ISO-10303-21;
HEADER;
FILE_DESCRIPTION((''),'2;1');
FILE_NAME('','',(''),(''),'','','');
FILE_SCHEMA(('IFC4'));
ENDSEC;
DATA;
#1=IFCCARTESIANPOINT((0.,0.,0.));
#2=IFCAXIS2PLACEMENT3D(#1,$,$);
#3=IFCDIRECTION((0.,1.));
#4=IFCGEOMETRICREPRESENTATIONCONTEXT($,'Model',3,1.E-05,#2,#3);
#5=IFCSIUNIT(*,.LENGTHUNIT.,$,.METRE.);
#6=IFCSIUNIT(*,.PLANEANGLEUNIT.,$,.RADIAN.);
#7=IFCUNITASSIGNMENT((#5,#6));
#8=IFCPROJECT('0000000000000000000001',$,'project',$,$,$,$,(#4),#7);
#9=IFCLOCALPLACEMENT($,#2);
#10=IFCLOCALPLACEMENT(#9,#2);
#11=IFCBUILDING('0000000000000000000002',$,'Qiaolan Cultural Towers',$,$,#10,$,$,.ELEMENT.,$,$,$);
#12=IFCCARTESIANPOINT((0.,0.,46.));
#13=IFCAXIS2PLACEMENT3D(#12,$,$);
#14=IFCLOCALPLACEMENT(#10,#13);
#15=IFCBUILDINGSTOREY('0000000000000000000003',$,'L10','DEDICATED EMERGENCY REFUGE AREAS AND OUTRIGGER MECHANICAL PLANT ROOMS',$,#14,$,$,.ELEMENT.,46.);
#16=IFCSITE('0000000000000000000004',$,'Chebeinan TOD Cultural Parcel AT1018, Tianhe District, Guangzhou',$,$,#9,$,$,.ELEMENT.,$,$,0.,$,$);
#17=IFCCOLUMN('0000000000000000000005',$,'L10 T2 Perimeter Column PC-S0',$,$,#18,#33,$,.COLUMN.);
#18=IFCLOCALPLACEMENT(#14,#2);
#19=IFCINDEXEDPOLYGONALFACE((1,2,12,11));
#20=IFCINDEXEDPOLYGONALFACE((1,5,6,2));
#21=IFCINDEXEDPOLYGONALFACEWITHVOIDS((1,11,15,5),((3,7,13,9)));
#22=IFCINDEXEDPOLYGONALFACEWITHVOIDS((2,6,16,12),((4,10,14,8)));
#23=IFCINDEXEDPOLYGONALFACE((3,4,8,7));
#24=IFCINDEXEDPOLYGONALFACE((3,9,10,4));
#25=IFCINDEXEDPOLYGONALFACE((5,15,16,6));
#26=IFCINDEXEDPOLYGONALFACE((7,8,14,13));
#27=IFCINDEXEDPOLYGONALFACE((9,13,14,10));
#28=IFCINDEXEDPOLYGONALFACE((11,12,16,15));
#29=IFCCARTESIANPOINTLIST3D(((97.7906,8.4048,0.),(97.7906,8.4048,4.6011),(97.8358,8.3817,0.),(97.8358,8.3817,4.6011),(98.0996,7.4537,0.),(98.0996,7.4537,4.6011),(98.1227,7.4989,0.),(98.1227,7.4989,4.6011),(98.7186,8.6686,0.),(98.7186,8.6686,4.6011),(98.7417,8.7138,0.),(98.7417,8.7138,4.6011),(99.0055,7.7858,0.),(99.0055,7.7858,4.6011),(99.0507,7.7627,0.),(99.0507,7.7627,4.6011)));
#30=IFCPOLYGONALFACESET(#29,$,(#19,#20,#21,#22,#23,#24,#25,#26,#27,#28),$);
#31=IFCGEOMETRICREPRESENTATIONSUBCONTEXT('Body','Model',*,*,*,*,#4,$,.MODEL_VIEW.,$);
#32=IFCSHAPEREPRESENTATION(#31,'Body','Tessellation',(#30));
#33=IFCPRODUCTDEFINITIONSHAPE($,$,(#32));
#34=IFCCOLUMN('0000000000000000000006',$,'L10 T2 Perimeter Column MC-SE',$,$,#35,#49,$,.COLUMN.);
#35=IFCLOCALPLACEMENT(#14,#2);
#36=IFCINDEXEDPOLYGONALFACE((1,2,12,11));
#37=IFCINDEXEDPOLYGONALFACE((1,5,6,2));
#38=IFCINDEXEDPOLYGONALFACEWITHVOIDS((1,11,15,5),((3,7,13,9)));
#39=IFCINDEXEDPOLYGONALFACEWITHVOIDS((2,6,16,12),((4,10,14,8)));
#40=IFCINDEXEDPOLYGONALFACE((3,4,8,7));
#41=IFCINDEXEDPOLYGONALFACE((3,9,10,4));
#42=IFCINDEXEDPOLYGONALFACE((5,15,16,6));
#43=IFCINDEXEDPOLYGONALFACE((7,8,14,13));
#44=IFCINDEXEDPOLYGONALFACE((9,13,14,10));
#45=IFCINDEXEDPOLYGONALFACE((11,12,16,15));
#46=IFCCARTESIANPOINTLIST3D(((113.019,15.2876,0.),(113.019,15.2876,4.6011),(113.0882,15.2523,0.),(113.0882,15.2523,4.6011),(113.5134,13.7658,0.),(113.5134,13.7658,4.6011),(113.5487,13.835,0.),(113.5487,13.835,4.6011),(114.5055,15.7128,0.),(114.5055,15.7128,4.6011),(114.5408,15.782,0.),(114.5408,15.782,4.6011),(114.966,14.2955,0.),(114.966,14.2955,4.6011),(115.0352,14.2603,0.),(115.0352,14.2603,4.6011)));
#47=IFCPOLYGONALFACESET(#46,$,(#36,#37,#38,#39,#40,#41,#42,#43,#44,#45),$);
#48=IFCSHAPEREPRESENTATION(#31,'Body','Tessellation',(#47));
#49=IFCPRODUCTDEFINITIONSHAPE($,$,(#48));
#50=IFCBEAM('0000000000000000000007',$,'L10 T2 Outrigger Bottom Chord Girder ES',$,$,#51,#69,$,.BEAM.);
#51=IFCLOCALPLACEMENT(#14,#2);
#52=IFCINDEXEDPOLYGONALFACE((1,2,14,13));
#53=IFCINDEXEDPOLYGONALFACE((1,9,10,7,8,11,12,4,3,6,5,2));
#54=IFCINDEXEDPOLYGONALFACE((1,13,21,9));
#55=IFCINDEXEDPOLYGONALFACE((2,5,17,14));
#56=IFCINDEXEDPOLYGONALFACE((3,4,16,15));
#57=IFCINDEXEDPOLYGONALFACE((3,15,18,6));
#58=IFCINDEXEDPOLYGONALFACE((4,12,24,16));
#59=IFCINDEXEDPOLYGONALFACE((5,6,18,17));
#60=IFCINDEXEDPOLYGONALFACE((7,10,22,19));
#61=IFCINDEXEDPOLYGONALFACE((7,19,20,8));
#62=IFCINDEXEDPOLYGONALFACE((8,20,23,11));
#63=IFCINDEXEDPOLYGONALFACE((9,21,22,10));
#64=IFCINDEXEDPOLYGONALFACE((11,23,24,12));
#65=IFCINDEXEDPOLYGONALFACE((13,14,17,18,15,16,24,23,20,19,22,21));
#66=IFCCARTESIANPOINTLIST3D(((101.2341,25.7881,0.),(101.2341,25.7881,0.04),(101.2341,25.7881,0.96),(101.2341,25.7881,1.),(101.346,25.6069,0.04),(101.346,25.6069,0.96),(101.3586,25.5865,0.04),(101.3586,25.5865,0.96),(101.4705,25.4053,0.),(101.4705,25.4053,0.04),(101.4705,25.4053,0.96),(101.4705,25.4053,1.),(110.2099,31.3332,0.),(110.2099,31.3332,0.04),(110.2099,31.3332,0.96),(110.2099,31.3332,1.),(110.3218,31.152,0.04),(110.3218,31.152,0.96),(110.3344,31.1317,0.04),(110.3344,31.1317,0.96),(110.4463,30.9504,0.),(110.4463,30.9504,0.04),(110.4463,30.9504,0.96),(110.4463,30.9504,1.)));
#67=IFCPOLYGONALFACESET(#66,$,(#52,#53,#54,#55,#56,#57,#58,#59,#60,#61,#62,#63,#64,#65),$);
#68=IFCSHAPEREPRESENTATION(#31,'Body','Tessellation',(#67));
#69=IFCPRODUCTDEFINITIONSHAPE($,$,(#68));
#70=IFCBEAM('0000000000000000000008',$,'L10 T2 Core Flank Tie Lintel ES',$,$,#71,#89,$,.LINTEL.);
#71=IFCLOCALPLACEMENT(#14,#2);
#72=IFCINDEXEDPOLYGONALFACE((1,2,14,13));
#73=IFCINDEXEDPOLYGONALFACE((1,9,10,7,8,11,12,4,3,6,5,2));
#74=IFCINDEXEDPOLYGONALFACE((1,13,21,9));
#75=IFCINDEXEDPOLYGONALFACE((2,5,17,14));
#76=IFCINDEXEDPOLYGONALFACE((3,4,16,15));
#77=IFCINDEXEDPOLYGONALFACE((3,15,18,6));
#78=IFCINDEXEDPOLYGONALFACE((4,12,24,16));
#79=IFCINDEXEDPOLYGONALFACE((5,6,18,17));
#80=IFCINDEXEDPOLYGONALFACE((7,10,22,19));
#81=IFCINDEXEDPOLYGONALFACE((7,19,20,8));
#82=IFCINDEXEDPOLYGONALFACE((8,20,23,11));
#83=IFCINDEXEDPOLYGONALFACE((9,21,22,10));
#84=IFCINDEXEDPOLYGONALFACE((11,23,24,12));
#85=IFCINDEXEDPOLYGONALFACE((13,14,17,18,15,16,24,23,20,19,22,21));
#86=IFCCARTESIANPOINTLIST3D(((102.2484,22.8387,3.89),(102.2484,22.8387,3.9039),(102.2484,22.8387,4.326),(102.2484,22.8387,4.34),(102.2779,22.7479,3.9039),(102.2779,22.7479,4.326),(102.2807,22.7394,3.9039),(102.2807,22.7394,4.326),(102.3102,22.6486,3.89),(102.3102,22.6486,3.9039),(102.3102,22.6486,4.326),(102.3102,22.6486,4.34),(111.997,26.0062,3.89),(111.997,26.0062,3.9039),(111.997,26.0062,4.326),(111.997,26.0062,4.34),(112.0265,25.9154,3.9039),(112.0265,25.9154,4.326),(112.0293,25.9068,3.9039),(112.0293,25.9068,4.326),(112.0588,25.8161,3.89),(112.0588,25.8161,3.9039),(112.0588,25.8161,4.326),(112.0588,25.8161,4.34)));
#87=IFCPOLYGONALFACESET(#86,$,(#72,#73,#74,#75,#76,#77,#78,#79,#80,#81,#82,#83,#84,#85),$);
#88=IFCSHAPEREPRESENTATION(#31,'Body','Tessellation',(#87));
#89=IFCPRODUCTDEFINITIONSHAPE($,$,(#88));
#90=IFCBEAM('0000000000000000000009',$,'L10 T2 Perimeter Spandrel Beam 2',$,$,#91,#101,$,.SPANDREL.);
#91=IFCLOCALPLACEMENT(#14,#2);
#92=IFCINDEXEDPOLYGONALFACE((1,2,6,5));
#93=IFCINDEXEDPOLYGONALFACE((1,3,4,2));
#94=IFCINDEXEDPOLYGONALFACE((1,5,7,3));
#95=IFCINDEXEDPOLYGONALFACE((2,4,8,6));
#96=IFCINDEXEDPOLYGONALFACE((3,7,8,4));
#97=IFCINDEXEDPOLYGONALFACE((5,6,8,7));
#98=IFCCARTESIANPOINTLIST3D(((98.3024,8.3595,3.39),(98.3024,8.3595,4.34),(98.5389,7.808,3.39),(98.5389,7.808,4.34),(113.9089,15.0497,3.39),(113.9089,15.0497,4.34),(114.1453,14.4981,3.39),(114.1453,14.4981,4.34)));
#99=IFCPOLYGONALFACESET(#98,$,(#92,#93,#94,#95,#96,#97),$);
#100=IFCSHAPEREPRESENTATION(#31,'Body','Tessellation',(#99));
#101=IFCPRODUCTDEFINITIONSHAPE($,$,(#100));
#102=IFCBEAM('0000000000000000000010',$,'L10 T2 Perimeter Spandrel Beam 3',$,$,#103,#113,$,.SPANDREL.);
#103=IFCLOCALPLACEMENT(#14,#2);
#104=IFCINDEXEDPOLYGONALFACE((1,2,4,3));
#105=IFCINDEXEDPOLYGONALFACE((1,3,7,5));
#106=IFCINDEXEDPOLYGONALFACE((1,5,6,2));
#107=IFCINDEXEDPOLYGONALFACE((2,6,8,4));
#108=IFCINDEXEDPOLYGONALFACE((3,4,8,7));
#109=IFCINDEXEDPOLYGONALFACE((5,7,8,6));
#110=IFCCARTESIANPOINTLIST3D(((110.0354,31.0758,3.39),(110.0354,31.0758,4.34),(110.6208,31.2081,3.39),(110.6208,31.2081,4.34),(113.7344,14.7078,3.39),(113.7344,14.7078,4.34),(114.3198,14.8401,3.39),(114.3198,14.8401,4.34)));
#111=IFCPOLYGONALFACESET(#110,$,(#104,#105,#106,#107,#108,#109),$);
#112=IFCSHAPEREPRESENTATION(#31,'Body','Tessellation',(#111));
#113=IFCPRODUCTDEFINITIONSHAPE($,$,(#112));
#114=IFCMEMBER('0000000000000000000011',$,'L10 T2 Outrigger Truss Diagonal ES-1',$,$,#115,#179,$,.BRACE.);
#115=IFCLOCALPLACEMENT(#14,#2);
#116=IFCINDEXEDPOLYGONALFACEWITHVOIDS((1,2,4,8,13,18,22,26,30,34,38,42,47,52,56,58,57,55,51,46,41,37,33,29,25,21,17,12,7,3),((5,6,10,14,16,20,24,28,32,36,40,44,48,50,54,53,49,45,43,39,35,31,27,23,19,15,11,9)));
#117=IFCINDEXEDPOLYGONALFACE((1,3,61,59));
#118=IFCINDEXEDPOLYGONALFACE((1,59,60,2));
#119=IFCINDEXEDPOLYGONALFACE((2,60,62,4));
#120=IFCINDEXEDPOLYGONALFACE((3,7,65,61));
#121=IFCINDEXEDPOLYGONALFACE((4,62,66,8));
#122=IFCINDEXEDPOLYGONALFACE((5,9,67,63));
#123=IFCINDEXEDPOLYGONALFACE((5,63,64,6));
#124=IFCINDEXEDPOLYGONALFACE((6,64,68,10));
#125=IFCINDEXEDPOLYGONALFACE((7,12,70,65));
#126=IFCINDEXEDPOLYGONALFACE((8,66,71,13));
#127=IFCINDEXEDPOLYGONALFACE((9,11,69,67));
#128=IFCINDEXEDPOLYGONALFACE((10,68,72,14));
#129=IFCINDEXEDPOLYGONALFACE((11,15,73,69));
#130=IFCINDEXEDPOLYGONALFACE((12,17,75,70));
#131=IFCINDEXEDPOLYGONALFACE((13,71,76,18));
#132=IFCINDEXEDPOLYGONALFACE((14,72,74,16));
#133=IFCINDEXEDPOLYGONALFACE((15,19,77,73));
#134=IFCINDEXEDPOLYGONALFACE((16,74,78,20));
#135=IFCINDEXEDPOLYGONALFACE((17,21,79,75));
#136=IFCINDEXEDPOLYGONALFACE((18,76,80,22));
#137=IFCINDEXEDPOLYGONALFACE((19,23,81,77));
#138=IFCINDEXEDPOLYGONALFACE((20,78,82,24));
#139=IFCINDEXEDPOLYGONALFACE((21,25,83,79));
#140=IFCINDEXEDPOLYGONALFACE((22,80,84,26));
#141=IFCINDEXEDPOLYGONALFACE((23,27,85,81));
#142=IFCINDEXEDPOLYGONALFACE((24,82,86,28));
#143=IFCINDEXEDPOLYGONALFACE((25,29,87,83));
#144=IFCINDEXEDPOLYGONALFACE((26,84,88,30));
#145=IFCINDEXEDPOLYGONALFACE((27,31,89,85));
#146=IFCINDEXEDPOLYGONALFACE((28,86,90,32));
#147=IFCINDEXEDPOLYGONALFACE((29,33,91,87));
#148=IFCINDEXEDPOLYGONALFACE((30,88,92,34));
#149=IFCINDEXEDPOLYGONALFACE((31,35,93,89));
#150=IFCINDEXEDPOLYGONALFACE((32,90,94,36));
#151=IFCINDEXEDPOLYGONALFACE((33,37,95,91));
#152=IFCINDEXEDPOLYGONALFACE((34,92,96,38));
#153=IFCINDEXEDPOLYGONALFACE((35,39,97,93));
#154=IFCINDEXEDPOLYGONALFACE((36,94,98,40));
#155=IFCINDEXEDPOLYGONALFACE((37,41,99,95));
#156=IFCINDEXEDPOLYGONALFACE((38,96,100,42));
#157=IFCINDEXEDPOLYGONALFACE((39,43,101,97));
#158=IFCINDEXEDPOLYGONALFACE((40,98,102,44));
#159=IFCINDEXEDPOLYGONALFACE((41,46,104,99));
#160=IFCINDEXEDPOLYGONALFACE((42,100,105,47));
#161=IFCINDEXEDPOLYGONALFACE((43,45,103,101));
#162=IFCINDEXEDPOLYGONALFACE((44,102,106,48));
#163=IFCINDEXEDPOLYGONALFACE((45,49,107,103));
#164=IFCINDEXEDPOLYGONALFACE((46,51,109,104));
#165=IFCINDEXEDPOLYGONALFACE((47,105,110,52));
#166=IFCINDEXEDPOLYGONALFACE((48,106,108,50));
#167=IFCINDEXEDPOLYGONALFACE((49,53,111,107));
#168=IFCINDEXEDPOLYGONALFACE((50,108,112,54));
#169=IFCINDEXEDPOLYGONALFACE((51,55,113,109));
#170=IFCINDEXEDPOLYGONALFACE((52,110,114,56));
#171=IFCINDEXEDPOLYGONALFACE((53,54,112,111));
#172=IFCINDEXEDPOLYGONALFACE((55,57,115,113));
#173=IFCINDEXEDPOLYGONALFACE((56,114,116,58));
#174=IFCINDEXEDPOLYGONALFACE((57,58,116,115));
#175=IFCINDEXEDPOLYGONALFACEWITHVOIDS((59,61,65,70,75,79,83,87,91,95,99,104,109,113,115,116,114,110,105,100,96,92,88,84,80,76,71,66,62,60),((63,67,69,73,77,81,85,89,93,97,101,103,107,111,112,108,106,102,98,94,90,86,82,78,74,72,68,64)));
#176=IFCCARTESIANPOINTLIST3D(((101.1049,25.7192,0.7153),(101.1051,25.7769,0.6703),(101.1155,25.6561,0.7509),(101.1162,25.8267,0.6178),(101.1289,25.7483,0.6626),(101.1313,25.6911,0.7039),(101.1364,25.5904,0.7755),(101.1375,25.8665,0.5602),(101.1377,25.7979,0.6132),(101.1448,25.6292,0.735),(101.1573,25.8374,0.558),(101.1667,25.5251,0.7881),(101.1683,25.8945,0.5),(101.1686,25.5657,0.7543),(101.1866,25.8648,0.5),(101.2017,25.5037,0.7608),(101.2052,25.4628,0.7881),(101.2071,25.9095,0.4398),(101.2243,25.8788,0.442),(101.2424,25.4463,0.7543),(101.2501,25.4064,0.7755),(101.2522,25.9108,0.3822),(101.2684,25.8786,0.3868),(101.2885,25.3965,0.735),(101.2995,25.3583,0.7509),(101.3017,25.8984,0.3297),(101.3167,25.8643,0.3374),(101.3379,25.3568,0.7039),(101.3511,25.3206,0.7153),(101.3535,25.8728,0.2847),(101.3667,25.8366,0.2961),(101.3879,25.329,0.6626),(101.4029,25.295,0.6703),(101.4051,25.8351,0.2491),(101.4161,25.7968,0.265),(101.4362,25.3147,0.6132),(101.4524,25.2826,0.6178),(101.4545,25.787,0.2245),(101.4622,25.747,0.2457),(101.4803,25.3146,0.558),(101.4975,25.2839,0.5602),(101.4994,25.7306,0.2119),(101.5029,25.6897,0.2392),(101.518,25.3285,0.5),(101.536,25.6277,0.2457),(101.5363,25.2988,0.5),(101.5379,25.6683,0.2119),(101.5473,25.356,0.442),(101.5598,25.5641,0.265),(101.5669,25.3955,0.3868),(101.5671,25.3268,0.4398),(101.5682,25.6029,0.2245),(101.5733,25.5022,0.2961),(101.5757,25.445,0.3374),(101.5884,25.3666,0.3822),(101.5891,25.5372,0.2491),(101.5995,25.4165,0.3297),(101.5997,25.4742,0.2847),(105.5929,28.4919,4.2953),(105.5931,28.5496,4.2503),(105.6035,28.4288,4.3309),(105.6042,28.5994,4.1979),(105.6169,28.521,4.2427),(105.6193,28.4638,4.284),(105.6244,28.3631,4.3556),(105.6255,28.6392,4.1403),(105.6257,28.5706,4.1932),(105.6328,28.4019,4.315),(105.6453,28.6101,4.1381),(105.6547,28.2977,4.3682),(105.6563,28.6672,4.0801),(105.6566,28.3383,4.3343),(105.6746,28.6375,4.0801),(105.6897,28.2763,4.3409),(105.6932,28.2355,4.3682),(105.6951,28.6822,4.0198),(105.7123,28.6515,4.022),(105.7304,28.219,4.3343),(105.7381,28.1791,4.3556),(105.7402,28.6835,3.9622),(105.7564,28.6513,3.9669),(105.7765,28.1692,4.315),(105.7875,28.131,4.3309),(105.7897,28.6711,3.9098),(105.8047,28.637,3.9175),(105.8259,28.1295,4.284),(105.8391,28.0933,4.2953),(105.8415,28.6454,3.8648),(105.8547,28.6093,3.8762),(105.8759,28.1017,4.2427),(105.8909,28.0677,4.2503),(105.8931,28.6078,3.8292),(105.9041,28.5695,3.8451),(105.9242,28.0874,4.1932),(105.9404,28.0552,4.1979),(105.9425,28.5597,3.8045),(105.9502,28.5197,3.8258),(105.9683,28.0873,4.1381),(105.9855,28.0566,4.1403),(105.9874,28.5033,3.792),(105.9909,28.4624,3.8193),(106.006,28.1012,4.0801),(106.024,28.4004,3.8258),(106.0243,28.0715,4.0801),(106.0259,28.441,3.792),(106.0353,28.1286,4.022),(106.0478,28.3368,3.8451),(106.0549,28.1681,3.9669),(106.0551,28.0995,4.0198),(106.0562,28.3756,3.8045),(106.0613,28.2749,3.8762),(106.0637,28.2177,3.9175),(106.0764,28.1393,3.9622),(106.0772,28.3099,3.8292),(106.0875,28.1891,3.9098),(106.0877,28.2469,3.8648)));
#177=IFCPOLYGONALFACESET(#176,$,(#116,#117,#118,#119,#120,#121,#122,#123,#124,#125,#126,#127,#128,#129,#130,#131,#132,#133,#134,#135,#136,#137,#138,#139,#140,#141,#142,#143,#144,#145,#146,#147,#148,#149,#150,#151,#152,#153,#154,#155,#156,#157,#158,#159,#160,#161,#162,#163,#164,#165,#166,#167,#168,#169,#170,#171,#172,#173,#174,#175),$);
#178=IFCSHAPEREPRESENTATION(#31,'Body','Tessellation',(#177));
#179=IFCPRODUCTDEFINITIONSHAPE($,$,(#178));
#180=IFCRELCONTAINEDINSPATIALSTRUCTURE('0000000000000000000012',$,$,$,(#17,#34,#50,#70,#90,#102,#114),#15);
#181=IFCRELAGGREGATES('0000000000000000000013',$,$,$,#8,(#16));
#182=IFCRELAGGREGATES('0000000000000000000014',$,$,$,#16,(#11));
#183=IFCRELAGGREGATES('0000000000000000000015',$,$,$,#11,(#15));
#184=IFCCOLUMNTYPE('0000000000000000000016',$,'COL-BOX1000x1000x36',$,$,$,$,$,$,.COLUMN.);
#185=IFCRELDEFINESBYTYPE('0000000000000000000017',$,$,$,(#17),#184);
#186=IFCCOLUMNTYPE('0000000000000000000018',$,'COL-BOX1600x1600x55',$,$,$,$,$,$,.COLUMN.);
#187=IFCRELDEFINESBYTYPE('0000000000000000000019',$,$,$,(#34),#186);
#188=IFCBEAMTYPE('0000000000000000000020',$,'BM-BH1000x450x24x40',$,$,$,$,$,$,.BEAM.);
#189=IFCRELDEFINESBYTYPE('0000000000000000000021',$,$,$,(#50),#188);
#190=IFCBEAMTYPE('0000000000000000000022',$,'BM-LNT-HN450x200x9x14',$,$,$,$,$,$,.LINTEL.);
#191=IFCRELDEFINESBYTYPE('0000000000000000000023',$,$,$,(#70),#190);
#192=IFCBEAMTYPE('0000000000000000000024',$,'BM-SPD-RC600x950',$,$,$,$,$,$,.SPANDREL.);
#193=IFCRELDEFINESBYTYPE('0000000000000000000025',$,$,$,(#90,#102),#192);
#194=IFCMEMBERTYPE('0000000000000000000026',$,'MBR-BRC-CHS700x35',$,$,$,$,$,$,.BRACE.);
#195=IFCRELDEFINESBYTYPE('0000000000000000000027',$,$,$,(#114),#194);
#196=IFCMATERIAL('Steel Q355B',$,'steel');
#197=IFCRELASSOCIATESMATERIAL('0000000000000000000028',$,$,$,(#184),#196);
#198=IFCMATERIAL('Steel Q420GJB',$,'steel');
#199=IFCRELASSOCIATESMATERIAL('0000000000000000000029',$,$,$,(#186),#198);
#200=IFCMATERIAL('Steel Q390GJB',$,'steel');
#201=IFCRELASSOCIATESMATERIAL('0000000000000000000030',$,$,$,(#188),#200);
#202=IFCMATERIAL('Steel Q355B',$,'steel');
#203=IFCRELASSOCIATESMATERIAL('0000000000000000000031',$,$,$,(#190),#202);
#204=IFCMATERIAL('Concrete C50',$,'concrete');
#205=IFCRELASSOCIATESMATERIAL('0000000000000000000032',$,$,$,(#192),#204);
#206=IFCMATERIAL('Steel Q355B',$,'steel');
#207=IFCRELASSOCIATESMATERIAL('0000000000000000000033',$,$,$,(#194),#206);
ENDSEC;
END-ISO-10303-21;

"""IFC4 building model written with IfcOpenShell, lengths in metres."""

from ifc_helpers import new_model, si_unit, direction, frame, origin, origin_2d, place, context, subcontext, project, spatial, rectangle, hollow_rectangle, hollow_circle, i_section, extrude, material, material_profile, profile_set, type_object, element, save


model = new_model("IFC4")

# Units and contexts
model_context = context("Model", 3, precision=1e-05, world=origin(), true_north=direction((0.0, 1.0)))
body_context = subcontext(model_context, "Body", "Model", "MODEL_VIEW")
ifc_project = project(units=[si_unit("LENGTHUNIT", "METRE"), si_unit("PLANEANGLEUNIT", "RADIAN")], contexts=[model_context])

# Site, building, storey
site_placement = place(None, origin())
site = spatial("IfcSite", under=ifc_project, at=site_placement, Name="Chebeinan TOD Cultural Parcel AT1018, Tianhe District, Guangzhou", CompositionType="ELEMENT", RefElevation=0.0)
building_placement = place(site_placement, origin())
building = spatial("IfcBuilding", under=site, at=building_placement, Name="Qiaolan Cultural Towers", CompositionType="ELEMENT")
storey_placement = place(building_placement, frame((0.0, 0.0, 46.0)))
storey = spatial("IfcBuildingStorey", under=building, at=storey_placement, Name="L10", Description="DEDICATED EMERGENCY REFUGE AREAS AND OUTRIGGER MECHANICAL PLANT ROOMS", CompositionType="ELEMENT", Elevation=46.0)

# Columns
ifc_material_1 = material(Name="Steel Q355B", Category="steel")
ifc_material_profile_1 = material_profile(ifc_material_1, hollow_rectangle(XDim=1.0, YDim=1.0, WallThickness=0.0359, at=origin_2d()), Name="BOX1000x1000x36")
ifc_profile_set_1 = profile_set([ifc_material_profile_1], Name="Steel Q355B")
column_type_1 = type_object("IfcColumnType", Name="COL-BOX1000x1000x36", PredefinedType="COLUMN", material=ifc_profile_set_1)
column_1_placement = place(storey_placement, frame((98.4207, 8.0837, 0.0), z_axis=(0.0, 0.0, 1.0), x_axis=(0.951057, 0.309017, 0.0)))
element("IfcColumn", 1, at=column_1_placement, inside=storey, type_object=column_type_1, Name="L10 T2 Perimeter Column PC-S0", PredefinedType="COLUMN", context=body_context, shape_type="SweptSolid", body=[
    extrude(hollow_rectangle(XDim=1.0, YDim=1.0, WallThickness=0.0359, at=origin_2d()), origin(), (0.0, 0.0, 1.0), 4.6011),
])
ifc_material_2 = material(Name="Steel Q420GJB", Category="steel")
ifc_material_profile_2 = material_profile(ifc_material_2, hollow_rectangle(XDim=1.6001, YDim=1.6001, WallThickness=0.0549, at=origin_2d()), Name="BOX1600x1600x55")
ifc_profile_set_2 = profile_set([ifc_material_profile_2], Name="Steel Q420GJB")
column_type_2 = type_object("IfcColumnType", Name="COL-BOX1600x1600x55", PredefinedType="COLUMN", material=ifc_profile_set_2)
column_2_placement = place(storey_placement, frame((114.0271, 14.7739, 0.0), z_axis=(0.0, 0.0, 1.0), x_axis=(0.951057, 0.309017, 0.0)))
element("IfcColumn", 2, at=column_2_placement, inside=storey, type_object=column_type_2, Name="L10 T2 Perimeter Column MC-SE", PredefinedType="COLUMN", context=body_context, shape_type="SweptSolid", body=[
    extrude(hollow_rectangle(XDim=1.6001, YDim=1.6001, WallThickness=0.0549, at=origin_2d()), origin(), (0.0, 0.0, 1.0), 4.6011),
])

# Beams
ifc_material_3 = material(Name="Steel Q390GJB", Category="steel")
ifc_material_profile_3 = material_profile(ifc_material_3, i_section(OverallWidth=0.45, OverallDepth=1.0, WebThickness=0.0239, FlangeThickness=0.04, at=origin_2d()), Name="BH1000x450x24x40")
ifc_profile_set_3 = profile_set([ifc_material_profile_3], Name="Steel Q390GJB")
beam_type_1 = type_object("IfcBeamType", Name="BM-BH1000x450x24x40", PredefinedType="BEAM", material=ifc_profile_set_3)
beam_1_placement = place(storey_placement, frame((101.3523, 25.5967, 0.5), z_axis=(0.850744, 0.52558, 0.0), x_axis=(-0.52558, 0.850744, 0.0)))
element("IfcBeam", 3, at=beam_1_placement, inside=storey, type_object=beam_type_1, Name="L10 T2 Outrigger Bottom Chord Girder ES", PredefinedType="BEAM", context=body_context, shape_type="SweptSolid", body=[
    extrude(i_section(OverallWidth=0.45, OverallDepth=1.0, WebThickness=0.0239, FlangeThickness=0.04, at=origin_2d()), origin(), (0.0, 0.0, 1.0), 10.5505),
])
ifc_material_4 = material(Name="Steel Q355B", Category="steel")
ifc_material_profile_4 = material_profile(ifc_material_4, i_section(OverallWidth=0.2, OverallDepth=0.45, WebThickness=0.009, FlangeThickness=0.0139, at=origin_2d()), Name="HN450x200x9x14")
ifc_profile_set_4 = profile_set([ifc_material_profile_4], Name="Steel Q355B")
beam_type_2 = type_object("IfcBeamType", Name="BM-LNT-HN450x200x9x14", PredefinedType="LINTEL", material=ifc_profile_set_4)
beam_2_placement = place(storey_placement, frame((102.2793, 22.7437, 4.115), z_axis=(0.951057, 0.309016, 0.0), x_axis=(-0.309016, 0.951057, 0.0)))
element("IfcBeam", 4, at=beam_2_placement, inside=storey, type_object=beam_type_2, Name="L10 T2 Core Flank Tie Lintel ES", PredefinedType="LINTEL", context=body_context, shape_type="SweptSolid", body=[
    extrude(i_section(OverallWidth=0.2, OverallDepth=0.45, WebThickness=0.009, FlangeThickness=0.0139, at=origin_2d()), origin(), (0.0, 0.0, 1.0), 10.2502),
])
ifc_material_5 = material(Name="Concrete C50", Category="concrete")
ifc_material_profile_5 = material_profile(ifc_material_5, rectangle(XDim=0.6001, YDim=0.95, at=origin_2d()), Name="RC600x950")
ifc_profile_set_5 = profile_set([ifc_material_profile_5], Name="Concrete C50")
beam_type_3 = type_object("IfcBeamType", Name="BM-SPD-RC600x950", PredefinedType="SPANDREL", material=ifc_profile_set_5)
beam_3_placement = place(storey_placement, frame((98.4207, 8.0837, 3.865), z_axis=(0.919109, 0.394004, 0.0), x_axis=(-0.394004, 0.919109, 0.0)))
element("IfcBeam", 5, at=beam_3_placement, inside=storey, type_object=beam_type_3, Name="L10 T2 Perimeter Spandrel Beam 2", PredefinedType="SPANDREL", context=body_context, shape_type="SweptSolid", body=[
    extrude(rectangle(XDim=0.6001, YDim=0.95, at=origin_2d()), origin(), (0.0, 0.0, 1.0), 16.98),
])
beam_4_placement = place(storey_placement, frame((114.0271, 14.7739, 3.865), z_axis=(-0.220431, 0.975403, 0.0), x_axis=(-0.975403, -0.220431, 0.0)))
element("IfcBeam", 6, at=beam_4_placement, inside=storey, type_object=beam_type_3, Name="L10 T2 Perimeter Spandrel Beam 3", PredefinedType="SPANDREL", context=body_context, shape_type="SweptSolid", body=[
    extrude(rectangle(XDim=0.6001, YDim=0.95, at=origin_2d()), origin(), (0.0, 0.0, 1.0), 16.7808),
])

# Member
ifc_material_6 = material(Name="Steel Q355B", Category="steel")
ifc_material_profile_6 = material_profile(ifc_material_6, hollow_circle(Radius=0.3501, WallThickness=0.0349, at=origin_2d()), Name="CHS700x35")
ifc_profile_set_6 = profile_set([ifc_material_profile_6], Name="Steel Q355B")
member_type = type_object("IfcMemberType", Name="MBR-BRC-CHS700x35", PredefinedType="BRACE", material=ifc_profile_set_6)
member_placement = place(storey_placement, frame((101.3523, 25.5967, 0.5), z_axis=(0.703948, 0.434898, 0.561535), x_axis=(-0.525586, 0.85074, 0.0)))
element("IfcMember", 7, at=member_placement, inside=storey, type_object=member_type, Name="L10 T2 Outrigger Truss Diagonal ES-1", PredefinedType="BRACE", context=body_context, shape_type="SweptSolid", body=[
    extrude(hollow_circle(Radius=0.3501, WallThickness=0.0349, at=origin_2d()), origin(), (0.0, 0.0, 1.0), 6.3755),
])

save(model, "model.ifc")
